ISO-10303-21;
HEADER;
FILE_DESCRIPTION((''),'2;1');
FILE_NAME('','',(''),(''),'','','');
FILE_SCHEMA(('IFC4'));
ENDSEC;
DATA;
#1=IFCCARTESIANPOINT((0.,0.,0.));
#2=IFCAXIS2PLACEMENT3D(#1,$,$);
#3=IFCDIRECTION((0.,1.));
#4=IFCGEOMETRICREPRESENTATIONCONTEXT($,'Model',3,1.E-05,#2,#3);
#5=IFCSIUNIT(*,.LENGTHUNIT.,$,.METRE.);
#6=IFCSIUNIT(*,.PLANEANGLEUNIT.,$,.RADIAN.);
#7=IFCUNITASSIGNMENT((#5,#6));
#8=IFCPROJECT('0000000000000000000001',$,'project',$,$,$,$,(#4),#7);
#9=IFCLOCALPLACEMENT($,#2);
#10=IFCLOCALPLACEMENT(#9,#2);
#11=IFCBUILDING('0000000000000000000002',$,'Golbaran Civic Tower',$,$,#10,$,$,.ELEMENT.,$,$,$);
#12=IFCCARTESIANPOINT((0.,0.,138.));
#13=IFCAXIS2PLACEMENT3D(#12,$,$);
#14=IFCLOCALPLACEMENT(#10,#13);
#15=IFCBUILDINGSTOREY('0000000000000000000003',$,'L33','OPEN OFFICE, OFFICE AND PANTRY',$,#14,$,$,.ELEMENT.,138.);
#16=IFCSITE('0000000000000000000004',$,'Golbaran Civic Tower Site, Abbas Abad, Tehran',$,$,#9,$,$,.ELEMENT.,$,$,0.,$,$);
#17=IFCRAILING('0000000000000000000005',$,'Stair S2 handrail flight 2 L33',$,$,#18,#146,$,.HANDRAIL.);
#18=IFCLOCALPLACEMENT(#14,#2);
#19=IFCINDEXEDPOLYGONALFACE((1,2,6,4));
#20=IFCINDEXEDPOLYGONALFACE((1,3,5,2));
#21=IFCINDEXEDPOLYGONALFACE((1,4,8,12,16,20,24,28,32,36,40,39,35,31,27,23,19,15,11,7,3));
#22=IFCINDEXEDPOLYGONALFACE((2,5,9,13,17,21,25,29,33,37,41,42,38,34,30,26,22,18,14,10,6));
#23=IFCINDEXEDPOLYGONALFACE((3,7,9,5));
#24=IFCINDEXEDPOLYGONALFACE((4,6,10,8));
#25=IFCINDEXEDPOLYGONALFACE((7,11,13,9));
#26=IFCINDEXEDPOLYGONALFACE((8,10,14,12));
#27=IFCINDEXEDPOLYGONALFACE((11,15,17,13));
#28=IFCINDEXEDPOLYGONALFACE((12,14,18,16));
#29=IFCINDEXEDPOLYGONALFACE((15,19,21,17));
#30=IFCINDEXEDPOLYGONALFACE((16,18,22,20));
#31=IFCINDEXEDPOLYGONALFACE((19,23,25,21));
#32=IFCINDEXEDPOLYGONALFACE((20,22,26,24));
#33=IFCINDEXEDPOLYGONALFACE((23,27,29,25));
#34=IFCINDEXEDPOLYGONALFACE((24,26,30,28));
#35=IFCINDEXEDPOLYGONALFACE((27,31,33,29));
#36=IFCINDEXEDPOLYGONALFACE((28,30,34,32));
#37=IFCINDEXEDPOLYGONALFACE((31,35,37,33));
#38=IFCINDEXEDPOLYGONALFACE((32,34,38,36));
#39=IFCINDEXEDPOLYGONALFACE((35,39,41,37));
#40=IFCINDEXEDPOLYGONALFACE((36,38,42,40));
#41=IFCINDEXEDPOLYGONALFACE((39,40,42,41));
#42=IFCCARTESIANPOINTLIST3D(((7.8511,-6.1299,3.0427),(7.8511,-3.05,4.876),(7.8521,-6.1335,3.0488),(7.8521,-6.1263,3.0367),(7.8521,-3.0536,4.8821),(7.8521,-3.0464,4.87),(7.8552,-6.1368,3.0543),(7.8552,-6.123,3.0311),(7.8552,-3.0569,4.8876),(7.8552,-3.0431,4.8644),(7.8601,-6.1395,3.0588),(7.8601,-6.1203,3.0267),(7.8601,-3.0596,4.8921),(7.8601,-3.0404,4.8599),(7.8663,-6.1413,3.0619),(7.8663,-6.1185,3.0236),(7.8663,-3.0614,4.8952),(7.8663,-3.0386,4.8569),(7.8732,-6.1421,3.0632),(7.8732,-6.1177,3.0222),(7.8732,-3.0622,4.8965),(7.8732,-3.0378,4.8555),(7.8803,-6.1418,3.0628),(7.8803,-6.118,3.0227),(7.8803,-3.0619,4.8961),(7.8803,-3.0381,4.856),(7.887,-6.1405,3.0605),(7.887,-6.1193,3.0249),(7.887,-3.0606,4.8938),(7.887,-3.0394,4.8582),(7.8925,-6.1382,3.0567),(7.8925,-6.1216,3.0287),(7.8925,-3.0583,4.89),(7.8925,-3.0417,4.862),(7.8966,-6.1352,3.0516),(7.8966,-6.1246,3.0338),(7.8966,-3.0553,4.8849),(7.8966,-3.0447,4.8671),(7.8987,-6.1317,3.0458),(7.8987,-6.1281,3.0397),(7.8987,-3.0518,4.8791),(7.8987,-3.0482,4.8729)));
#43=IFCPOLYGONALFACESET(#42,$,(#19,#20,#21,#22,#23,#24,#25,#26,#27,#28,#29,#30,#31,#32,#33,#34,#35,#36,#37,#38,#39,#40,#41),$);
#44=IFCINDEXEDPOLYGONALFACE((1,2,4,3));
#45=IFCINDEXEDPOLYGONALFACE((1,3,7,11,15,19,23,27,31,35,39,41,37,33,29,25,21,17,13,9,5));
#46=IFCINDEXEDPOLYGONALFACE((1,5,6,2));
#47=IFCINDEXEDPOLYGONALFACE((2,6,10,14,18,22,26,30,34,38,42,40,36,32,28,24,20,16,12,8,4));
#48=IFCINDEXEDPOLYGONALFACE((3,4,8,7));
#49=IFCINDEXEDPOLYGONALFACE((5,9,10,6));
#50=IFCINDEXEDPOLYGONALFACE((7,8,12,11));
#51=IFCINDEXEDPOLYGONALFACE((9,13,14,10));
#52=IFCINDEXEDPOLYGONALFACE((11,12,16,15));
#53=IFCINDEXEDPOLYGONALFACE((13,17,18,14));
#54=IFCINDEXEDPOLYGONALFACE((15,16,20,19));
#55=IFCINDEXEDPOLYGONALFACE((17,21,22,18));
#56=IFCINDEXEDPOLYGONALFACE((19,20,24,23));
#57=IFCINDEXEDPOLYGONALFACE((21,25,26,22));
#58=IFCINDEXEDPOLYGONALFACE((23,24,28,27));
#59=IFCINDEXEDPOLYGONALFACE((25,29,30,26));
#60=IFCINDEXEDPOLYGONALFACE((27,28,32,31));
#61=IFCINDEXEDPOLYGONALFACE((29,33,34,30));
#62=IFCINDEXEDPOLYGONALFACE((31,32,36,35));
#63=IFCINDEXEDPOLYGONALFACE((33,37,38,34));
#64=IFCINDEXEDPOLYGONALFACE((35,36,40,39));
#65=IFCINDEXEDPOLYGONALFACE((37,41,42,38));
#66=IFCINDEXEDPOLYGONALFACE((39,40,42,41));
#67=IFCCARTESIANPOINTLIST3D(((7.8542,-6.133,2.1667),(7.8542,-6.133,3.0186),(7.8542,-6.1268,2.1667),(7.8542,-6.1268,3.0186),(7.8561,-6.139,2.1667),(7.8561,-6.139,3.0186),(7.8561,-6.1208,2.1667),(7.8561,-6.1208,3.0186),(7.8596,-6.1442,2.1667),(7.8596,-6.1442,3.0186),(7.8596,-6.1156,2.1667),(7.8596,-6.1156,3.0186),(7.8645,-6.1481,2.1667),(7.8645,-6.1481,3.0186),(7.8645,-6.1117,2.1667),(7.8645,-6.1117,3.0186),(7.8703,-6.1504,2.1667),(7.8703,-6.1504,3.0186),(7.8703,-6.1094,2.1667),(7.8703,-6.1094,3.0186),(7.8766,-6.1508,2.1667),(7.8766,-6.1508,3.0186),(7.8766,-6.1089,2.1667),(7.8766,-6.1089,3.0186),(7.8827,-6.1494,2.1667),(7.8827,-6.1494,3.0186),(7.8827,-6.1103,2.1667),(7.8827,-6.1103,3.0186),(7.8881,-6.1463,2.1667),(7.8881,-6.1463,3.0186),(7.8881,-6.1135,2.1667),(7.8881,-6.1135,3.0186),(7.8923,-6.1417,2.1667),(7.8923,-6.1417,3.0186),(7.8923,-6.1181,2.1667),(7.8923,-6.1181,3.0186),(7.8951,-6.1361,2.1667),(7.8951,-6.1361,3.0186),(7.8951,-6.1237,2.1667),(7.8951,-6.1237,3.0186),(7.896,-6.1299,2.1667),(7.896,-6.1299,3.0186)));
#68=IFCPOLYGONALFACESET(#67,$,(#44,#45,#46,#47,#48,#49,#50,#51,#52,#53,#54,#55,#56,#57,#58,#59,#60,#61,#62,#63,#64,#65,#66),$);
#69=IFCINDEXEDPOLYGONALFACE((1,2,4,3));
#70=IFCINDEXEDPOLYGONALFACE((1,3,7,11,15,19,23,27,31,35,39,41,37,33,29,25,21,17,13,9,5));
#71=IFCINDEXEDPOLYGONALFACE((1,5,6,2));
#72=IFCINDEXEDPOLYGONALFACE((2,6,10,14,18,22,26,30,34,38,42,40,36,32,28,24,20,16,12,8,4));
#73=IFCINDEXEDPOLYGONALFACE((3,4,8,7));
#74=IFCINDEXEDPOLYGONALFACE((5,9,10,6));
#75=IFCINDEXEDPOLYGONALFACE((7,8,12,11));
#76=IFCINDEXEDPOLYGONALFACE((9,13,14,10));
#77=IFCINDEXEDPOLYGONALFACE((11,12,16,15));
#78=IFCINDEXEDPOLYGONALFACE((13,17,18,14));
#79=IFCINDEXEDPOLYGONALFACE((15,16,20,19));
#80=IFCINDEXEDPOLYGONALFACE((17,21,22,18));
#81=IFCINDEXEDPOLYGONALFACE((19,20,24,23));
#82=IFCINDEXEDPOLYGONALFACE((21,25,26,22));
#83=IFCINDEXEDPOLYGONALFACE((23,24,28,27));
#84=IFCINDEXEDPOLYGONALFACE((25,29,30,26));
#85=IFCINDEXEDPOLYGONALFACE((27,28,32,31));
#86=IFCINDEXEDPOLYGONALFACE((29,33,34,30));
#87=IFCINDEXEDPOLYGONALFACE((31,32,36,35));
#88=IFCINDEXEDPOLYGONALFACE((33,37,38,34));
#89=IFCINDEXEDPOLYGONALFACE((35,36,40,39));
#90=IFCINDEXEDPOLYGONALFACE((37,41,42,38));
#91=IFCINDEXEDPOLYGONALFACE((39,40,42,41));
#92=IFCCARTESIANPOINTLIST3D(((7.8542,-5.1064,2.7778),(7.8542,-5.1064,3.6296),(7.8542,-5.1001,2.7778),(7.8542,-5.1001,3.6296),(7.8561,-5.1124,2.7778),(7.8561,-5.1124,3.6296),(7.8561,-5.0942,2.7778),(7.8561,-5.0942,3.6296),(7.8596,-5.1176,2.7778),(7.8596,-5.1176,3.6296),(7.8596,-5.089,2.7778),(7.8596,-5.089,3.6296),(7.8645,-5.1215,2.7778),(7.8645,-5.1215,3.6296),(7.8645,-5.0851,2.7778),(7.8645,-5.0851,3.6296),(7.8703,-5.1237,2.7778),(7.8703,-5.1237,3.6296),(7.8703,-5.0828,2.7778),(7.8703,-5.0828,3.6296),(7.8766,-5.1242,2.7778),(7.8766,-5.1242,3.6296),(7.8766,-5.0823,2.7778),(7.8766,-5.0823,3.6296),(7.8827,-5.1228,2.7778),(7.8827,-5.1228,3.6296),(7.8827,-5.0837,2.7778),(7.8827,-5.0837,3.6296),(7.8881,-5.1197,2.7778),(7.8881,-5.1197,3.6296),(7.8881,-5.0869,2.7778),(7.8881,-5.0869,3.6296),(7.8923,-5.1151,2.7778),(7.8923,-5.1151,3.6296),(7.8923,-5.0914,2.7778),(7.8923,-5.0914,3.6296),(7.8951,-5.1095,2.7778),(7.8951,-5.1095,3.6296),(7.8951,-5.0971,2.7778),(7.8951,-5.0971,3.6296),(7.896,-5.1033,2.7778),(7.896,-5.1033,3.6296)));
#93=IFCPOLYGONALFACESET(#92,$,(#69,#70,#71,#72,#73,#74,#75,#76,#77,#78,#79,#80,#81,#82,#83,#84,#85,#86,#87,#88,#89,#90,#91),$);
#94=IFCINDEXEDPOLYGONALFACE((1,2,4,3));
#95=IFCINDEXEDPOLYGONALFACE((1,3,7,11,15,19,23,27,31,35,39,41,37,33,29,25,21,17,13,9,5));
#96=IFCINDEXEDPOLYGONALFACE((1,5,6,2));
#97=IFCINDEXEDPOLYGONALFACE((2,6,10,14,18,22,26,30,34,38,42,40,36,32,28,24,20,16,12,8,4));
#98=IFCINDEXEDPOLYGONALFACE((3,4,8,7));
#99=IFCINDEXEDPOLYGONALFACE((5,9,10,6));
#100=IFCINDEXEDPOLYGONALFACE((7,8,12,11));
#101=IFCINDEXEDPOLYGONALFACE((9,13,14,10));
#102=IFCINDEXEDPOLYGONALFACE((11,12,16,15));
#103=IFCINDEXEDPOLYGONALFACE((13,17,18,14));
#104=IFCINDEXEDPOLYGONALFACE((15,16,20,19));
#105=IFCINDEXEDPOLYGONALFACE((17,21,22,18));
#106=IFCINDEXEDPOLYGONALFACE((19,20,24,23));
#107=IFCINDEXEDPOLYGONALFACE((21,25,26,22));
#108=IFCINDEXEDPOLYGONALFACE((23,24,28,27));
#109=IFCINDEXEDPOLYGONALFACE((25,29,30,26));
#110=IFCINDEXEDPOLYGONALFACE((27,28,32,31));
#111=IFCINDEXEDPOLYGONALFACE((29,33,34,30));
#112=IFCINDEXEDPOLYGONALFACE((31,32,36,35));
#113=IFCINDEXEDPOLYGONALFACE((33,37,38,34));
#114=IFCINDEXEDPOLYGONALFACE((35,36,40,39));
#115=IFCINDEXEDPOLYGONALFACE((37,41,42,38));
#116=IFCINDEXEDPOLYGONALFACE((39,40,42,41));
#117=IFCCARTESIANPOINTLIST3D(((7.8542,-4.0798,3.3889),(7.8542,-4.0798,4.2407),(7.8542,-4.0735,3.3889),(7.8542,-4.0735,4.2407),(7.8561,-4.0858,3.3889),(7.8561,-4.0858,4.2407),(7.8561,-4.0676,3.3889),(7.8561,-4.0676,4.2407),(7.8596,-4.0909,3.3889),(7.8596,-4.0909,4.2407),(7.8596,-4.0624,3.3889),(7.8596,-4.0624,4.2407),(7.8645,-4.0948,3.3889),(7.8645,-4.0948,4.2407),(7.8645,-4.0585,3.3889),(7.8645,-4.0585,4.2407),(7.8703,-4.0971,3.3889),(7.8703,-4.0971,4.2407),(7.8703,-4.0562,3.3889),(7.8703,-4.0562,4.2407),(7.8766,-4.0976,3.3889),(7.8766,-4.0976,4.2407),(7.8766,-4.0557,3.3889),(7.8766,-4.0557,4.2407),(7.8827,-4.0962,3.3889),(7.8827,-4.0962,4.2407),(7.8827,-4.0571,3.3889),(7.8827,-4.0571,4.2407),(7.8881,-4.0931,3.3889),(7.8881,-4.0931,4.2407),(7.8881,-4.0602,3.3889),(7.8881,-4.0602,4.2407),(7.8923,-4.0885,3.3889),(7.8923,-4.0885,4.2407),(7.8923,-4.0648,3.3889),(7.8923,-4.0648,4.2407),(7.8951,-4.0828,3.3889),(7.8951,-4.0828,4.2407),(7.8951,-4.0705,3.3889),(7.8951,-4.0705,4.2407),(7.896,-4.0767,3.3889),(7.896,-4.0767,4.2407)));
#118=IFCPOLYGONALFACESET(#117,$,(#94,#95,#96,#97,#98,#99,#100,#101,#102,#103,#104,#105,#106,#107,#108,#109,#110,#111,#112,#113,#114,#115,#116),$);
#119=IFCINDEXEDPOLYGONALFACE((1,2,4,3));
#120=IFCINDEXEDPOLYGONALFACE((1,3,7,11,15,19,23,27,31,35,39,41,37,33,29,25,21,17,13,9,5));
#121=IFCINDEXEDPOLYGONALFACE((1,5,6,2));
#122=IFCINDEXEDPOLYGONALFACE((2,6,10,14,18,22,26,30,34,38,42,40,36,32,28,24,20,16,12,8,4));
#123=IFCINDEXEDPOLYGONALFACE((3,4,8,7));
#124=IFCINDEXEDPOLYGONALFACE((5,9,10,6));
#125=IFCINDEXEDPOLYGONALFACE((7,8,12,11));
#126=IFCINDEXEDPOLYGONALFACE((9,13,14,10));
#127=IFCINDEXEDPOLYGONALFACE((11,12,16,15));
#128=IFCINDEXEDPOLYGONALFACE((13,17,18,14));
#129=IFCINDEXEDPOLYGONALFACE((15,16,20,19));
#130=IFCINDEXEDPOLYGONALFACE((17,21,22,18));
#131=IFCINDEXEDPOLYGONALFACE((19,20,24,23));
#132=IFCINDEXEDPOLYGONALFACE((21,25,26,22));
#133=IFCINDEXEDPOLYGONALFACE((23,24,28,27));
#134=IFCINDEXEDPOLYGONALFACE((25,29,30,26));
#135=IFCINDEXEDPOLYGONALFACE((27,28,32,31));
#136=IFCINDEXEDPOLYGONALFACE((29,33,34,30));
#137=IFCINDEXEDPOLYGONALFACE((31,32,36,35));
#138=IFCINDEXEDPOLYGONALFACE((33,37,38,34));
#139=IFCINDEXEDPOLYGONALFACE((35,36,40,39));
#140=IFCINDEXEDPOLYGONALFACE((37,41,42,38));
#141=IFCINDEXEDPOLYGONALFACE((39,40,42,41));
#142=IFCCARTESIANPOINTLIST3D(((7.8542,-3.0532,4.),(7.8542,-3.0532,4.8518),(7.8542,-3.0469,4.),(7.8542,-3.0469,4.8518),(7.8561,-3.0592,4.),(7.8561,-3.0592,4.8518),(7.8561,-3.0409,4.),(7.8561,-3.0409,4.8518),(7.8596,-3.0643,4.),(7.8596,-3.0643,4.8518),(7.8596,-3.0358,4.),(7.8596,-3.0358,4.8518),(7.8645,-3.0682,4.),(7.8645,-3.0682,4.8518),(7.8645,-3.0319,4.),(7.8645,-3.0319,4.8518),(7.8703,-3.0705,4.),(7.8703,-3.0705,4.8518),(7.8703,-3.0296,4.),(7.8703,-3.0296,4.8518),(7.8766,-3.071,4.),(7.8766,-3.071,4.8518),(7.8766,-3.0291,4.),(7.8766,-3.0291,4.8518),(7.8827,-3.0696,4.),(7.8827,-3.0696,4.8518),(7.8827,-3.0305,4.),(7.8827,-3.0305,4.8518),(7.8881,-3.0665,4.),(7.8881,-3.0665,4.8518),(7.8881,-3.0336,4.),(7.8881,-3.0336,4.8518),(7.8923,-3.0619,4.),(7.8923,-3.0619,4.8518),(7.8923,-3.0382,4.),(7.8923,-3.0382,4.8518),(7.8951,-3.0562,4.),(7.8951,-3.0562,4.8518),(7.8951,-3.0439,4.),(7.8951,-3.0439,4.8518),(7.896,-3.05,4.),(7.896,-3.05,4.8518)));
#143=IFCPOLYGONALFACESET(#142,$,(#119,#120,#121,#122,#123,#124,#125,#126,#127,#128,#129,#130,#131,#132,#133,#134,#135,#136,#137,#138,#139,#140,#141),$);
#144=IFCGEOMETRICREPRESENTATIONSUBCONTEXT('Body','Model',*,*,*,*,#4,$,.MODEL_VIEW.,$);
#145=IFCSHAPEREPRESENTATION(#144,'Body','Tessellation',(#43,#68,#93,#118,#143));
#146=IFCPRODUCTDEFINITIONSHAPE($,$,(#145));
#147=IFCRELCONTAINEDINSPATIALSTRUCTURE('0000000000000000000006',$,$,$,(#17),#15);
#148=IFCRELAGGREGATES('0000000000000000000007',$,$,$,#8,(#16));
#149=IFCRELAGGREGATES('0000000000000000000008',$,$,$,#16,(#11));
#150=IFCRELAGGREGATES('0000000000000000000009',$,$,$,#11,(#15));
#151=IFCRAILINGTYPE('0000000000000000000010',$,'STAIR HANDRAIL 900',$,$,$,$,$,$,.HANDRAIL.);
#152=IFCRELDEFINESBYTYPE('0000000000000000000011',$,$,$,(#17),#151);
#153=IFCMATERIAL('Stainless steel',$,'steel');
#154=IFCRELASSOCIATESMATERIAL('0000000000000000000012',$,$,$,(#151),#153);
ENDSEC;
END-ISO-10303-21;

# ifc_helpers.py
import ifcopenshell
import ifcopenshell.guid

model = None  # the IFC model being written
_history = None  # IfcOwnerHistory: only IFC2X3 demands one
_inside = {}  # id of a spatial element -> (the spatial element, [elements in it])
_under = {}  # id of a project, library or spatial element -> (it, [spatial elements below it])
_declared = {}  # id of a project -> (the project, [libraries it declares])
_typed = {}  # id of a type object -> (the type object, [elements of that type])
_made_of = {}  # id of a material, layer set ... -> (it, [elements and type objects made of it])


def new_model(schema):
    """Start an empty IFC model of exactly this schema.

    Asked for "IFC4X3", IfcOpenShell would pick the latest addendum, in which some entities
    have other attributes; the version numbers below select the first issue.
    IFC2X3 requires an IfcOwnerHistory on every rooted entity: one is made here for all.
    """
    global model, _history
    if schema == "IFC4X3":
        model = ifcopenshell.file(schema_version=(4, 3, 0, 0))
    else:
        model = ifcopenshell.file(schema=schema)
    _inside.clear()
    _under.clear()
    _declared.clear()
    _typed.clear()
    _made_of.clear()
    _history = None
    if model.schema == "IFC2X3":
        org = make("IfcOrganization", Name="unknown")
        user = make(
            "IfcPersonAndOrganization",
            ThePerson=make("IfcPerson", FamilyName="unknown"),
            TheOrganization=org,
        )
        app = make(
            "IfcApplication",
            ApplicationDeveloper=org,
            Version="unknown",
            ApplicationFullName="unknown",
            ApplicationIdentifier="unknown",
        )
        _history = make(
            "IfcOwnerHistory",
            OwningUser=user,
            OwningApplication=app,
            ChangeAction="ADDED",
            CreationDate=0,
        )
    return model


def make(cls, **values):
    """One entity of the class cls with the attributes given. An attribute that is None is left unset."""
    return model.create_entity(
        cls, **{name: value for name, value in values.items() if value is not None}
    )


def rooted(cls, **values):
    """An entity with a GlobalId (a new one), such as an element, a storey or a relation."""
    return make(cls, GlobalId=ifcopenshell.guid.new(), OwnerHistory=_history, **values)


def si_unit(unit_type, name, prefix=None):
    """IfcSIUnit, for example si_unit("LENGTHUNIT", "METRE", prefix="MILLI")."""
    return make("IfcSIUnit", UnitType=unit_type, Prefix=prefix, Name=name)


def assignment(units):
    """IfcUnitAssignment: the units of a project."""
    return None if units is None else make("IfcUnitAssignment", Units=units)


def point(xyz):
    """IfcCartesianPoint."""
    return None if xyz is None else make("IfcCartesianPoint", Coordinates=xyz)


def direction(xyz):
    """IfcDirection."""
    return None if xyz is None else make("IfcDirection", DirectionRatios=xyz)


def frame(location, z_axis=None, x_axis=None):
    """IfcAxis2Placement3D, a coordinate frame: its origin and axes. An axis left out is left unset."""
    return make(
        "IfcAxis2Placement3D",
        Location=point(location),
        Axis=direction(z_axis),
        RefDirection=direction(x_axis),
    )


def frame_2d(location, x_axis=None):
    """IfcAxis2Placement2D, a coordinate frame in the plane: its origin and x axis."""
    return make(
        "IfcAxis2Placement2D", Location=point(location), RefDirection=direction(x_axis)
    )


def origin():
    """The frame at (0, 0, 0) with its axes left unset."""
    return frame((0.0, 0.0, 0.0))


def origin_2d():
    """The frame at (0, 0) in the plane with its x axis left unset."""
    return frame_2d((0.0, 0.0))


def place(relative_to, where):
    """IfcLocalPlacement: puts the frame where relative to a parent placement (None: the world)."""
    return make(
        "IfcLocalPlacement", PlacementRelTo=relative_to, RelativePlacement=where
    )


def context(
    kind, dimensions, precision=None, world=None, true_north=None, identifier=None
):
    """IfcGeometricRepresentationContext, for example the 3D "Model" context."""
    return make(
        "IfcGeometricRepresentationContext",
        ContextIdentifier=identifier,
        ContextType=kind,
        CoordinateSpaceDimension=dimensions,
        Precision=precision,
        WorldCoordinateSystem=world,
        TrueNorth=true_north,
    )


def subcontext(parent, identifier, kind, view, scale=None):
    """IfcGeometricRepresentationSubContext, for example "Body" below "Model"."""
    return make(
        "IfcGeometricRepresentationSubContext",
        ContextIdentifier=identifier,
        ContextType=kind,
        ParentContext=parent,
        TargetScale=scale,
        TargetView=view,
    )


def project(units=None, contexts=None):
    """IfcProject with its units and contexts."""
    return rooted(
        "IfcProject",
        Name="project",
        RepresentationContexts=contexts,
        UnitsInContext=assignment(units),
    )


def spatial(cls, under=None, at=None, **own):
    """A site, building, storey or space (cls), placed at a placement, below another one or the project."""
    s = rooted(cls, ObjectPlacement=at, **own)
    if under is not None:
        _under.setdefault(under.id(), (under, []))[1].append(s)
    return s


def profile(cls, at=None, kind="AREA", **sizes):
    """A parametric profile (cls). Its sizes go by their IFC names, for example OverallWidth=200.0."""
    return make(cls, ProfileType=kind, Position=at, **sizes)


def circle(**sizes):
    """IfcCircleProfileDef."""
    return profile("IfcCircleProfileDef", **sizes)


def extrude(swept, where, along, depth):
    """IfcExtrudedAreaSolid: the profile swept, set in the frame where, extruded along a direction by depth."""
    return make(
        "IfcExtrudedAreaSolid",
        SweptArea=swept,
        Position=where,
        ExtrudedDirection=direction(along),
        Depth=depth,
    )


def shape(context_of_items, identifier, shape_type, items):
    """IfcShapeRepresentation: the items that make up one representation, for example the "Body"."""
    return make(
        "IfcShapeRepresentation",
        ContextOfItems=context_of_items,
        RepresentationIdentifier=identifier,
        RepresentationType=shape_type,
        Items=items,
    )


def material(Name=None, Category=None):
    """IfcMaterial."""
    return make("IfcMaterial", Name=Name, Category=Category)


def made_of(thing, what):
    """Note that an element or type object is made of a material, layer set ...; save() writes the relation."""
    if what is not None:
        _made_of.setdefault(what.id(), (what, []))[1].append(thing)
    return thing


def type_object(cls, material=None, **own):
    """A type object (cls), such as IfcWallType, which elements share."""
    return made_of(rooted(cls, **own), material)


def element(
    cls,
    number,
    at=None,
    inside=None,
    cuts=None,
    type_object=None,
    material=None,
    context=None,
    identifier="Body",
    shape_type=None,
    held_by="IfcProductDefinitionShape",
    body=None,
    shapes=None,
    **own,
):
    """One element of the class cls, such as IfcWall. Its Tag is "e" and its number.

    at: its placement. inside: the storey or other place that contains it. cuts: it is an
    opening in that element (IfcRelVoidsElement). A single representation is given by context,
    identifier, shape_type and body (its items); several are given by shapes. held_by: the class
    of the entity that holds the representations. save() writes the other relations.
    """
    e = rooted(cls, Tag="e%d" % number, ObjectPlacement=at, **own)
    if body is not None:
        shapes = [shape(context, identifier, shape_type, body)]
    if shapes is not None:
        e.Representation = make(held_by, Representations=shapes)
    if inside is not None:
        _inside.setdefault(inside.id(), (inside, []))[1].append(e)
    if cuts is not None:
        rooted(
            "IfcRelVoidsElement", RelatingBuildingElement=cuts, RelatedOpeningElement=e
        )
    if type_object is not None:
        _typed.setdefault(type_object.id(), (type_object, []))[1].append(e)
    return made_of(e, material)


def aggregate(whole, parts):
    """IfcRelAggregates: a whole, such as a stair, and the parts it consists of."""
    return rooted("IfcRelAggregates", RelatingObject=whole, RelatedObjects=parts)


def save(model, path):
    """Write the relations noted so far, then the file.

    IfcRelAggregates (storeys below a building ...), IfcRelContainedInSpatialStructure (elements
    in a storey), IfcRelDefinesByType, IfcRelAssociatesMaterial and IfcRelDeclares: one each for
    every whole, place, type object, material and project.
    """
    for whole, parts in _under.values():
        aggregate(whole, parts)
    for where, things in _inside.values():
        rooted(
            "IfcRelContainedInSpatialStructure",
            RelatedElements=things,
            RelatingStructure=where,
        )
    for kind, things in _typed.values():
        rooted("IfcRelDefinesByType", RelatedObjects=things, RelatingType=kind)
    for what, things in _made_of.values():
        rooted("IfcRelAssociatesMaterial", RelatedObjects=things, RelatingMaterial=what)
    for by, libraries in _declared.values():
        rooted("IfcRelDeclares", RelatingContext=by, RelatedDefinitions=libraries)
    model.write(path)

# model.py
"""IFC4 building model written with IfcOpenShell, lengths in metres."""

from ifc_helpers import new_model, si_unit, direction, frame, origin, origin_2d, place, context, subcontext, project, spatial, circle, extrude, material, type_object, element, save


model = new_model("IFC4")

# Units and contexts
model_context = context("Model", 3, precision=1e-05, world=origin(), true_north=direction((0.0, 1.0)))
body_context = subcontext(model_context, "Body", "Model", "MODEL_VIEW")
ifc_project = project(units=[si_unit("LENGTHUNIT", "METRE"), si_unit("PLANEANGLEUNIT", "RADIAN")], contexts=[model_context])

# Site, building, storey
site_placement = place(None, origin())
site = spatial("IfcSite", under=ifc_project, at=site_placement, Name="Golbaran Civic Tower Site, Abbas Abad, Tehran", CompositionType="ELEMENT", RefElevation=0.0)
building_placement = place(site_placement, origin())
building = spatial("IfcBuilding", under=site, at=building_placement, Name="Golbaran Civic Tower", CompositionType="ELEMENT")
storey_placement = place(building_placement, frame((0.0, 0.0, 138.0)))
storey = spatial("IfcBuildingStorey", under=building, at=storey_placement, Name="L33", Description="OPEN OFFICE, OFFICE AND PANTRY", CompositionType="ELEMENT", Elevation=138.0)

# Shared definitions
ifc_material_1 = material(Name="Stainless steel", Category="steel")

# Railing
railing_type = type_object("IfcRailingType", Name="STAIR HANDRAIL 900", PredefinedType="HANDRAIL", material=ifc_material_1)
railing_1_placement = place(storey_placement, frame((7.875, -6.1299, 2.1667)))
element("IfcRailing", 1, at=railing_1_placement, inside=storey, type_object=railing_type, Name="Stair S2 handrail flight 2 L33", PredefinedType="HANDRAIL", context=body_context, shape_type="SweptSolid", body=[
    extrude(circle(Radius=0.0239, at=origin_2d()), frame((0.0, 0.0, 0.876), z_axis=(0.0, 0.859291, 0.511487), x_axis=(-1.0, 0.0, 0.0)), (0.0, 0.0, 1.0), 3.5842),
    extrude(circle(Radius=0.021, at=origin_2d()), origin(), (0.0, 0.0, 1.0), 0.8518),
    extrude(circle(Radius=0.021, at=origin_2d()), frame((0.0, 1.0266, 0.6111)), (0.0, 0.0, 1.0), 0.8518),
    extrude(circle(Radius=0.021, at=origin_2d()), frame((0.0, 2.0532, 1.2222)), (0.0, 0.0, 1.0), 0.8518),
    extrude(circle(Radius=0.021, at=origin_2d()), frame((0.0, 3.0798, 1.8333)), (0.0, 0.0, 1.0), 0.8518),
])

save(model, "model.ifc")
